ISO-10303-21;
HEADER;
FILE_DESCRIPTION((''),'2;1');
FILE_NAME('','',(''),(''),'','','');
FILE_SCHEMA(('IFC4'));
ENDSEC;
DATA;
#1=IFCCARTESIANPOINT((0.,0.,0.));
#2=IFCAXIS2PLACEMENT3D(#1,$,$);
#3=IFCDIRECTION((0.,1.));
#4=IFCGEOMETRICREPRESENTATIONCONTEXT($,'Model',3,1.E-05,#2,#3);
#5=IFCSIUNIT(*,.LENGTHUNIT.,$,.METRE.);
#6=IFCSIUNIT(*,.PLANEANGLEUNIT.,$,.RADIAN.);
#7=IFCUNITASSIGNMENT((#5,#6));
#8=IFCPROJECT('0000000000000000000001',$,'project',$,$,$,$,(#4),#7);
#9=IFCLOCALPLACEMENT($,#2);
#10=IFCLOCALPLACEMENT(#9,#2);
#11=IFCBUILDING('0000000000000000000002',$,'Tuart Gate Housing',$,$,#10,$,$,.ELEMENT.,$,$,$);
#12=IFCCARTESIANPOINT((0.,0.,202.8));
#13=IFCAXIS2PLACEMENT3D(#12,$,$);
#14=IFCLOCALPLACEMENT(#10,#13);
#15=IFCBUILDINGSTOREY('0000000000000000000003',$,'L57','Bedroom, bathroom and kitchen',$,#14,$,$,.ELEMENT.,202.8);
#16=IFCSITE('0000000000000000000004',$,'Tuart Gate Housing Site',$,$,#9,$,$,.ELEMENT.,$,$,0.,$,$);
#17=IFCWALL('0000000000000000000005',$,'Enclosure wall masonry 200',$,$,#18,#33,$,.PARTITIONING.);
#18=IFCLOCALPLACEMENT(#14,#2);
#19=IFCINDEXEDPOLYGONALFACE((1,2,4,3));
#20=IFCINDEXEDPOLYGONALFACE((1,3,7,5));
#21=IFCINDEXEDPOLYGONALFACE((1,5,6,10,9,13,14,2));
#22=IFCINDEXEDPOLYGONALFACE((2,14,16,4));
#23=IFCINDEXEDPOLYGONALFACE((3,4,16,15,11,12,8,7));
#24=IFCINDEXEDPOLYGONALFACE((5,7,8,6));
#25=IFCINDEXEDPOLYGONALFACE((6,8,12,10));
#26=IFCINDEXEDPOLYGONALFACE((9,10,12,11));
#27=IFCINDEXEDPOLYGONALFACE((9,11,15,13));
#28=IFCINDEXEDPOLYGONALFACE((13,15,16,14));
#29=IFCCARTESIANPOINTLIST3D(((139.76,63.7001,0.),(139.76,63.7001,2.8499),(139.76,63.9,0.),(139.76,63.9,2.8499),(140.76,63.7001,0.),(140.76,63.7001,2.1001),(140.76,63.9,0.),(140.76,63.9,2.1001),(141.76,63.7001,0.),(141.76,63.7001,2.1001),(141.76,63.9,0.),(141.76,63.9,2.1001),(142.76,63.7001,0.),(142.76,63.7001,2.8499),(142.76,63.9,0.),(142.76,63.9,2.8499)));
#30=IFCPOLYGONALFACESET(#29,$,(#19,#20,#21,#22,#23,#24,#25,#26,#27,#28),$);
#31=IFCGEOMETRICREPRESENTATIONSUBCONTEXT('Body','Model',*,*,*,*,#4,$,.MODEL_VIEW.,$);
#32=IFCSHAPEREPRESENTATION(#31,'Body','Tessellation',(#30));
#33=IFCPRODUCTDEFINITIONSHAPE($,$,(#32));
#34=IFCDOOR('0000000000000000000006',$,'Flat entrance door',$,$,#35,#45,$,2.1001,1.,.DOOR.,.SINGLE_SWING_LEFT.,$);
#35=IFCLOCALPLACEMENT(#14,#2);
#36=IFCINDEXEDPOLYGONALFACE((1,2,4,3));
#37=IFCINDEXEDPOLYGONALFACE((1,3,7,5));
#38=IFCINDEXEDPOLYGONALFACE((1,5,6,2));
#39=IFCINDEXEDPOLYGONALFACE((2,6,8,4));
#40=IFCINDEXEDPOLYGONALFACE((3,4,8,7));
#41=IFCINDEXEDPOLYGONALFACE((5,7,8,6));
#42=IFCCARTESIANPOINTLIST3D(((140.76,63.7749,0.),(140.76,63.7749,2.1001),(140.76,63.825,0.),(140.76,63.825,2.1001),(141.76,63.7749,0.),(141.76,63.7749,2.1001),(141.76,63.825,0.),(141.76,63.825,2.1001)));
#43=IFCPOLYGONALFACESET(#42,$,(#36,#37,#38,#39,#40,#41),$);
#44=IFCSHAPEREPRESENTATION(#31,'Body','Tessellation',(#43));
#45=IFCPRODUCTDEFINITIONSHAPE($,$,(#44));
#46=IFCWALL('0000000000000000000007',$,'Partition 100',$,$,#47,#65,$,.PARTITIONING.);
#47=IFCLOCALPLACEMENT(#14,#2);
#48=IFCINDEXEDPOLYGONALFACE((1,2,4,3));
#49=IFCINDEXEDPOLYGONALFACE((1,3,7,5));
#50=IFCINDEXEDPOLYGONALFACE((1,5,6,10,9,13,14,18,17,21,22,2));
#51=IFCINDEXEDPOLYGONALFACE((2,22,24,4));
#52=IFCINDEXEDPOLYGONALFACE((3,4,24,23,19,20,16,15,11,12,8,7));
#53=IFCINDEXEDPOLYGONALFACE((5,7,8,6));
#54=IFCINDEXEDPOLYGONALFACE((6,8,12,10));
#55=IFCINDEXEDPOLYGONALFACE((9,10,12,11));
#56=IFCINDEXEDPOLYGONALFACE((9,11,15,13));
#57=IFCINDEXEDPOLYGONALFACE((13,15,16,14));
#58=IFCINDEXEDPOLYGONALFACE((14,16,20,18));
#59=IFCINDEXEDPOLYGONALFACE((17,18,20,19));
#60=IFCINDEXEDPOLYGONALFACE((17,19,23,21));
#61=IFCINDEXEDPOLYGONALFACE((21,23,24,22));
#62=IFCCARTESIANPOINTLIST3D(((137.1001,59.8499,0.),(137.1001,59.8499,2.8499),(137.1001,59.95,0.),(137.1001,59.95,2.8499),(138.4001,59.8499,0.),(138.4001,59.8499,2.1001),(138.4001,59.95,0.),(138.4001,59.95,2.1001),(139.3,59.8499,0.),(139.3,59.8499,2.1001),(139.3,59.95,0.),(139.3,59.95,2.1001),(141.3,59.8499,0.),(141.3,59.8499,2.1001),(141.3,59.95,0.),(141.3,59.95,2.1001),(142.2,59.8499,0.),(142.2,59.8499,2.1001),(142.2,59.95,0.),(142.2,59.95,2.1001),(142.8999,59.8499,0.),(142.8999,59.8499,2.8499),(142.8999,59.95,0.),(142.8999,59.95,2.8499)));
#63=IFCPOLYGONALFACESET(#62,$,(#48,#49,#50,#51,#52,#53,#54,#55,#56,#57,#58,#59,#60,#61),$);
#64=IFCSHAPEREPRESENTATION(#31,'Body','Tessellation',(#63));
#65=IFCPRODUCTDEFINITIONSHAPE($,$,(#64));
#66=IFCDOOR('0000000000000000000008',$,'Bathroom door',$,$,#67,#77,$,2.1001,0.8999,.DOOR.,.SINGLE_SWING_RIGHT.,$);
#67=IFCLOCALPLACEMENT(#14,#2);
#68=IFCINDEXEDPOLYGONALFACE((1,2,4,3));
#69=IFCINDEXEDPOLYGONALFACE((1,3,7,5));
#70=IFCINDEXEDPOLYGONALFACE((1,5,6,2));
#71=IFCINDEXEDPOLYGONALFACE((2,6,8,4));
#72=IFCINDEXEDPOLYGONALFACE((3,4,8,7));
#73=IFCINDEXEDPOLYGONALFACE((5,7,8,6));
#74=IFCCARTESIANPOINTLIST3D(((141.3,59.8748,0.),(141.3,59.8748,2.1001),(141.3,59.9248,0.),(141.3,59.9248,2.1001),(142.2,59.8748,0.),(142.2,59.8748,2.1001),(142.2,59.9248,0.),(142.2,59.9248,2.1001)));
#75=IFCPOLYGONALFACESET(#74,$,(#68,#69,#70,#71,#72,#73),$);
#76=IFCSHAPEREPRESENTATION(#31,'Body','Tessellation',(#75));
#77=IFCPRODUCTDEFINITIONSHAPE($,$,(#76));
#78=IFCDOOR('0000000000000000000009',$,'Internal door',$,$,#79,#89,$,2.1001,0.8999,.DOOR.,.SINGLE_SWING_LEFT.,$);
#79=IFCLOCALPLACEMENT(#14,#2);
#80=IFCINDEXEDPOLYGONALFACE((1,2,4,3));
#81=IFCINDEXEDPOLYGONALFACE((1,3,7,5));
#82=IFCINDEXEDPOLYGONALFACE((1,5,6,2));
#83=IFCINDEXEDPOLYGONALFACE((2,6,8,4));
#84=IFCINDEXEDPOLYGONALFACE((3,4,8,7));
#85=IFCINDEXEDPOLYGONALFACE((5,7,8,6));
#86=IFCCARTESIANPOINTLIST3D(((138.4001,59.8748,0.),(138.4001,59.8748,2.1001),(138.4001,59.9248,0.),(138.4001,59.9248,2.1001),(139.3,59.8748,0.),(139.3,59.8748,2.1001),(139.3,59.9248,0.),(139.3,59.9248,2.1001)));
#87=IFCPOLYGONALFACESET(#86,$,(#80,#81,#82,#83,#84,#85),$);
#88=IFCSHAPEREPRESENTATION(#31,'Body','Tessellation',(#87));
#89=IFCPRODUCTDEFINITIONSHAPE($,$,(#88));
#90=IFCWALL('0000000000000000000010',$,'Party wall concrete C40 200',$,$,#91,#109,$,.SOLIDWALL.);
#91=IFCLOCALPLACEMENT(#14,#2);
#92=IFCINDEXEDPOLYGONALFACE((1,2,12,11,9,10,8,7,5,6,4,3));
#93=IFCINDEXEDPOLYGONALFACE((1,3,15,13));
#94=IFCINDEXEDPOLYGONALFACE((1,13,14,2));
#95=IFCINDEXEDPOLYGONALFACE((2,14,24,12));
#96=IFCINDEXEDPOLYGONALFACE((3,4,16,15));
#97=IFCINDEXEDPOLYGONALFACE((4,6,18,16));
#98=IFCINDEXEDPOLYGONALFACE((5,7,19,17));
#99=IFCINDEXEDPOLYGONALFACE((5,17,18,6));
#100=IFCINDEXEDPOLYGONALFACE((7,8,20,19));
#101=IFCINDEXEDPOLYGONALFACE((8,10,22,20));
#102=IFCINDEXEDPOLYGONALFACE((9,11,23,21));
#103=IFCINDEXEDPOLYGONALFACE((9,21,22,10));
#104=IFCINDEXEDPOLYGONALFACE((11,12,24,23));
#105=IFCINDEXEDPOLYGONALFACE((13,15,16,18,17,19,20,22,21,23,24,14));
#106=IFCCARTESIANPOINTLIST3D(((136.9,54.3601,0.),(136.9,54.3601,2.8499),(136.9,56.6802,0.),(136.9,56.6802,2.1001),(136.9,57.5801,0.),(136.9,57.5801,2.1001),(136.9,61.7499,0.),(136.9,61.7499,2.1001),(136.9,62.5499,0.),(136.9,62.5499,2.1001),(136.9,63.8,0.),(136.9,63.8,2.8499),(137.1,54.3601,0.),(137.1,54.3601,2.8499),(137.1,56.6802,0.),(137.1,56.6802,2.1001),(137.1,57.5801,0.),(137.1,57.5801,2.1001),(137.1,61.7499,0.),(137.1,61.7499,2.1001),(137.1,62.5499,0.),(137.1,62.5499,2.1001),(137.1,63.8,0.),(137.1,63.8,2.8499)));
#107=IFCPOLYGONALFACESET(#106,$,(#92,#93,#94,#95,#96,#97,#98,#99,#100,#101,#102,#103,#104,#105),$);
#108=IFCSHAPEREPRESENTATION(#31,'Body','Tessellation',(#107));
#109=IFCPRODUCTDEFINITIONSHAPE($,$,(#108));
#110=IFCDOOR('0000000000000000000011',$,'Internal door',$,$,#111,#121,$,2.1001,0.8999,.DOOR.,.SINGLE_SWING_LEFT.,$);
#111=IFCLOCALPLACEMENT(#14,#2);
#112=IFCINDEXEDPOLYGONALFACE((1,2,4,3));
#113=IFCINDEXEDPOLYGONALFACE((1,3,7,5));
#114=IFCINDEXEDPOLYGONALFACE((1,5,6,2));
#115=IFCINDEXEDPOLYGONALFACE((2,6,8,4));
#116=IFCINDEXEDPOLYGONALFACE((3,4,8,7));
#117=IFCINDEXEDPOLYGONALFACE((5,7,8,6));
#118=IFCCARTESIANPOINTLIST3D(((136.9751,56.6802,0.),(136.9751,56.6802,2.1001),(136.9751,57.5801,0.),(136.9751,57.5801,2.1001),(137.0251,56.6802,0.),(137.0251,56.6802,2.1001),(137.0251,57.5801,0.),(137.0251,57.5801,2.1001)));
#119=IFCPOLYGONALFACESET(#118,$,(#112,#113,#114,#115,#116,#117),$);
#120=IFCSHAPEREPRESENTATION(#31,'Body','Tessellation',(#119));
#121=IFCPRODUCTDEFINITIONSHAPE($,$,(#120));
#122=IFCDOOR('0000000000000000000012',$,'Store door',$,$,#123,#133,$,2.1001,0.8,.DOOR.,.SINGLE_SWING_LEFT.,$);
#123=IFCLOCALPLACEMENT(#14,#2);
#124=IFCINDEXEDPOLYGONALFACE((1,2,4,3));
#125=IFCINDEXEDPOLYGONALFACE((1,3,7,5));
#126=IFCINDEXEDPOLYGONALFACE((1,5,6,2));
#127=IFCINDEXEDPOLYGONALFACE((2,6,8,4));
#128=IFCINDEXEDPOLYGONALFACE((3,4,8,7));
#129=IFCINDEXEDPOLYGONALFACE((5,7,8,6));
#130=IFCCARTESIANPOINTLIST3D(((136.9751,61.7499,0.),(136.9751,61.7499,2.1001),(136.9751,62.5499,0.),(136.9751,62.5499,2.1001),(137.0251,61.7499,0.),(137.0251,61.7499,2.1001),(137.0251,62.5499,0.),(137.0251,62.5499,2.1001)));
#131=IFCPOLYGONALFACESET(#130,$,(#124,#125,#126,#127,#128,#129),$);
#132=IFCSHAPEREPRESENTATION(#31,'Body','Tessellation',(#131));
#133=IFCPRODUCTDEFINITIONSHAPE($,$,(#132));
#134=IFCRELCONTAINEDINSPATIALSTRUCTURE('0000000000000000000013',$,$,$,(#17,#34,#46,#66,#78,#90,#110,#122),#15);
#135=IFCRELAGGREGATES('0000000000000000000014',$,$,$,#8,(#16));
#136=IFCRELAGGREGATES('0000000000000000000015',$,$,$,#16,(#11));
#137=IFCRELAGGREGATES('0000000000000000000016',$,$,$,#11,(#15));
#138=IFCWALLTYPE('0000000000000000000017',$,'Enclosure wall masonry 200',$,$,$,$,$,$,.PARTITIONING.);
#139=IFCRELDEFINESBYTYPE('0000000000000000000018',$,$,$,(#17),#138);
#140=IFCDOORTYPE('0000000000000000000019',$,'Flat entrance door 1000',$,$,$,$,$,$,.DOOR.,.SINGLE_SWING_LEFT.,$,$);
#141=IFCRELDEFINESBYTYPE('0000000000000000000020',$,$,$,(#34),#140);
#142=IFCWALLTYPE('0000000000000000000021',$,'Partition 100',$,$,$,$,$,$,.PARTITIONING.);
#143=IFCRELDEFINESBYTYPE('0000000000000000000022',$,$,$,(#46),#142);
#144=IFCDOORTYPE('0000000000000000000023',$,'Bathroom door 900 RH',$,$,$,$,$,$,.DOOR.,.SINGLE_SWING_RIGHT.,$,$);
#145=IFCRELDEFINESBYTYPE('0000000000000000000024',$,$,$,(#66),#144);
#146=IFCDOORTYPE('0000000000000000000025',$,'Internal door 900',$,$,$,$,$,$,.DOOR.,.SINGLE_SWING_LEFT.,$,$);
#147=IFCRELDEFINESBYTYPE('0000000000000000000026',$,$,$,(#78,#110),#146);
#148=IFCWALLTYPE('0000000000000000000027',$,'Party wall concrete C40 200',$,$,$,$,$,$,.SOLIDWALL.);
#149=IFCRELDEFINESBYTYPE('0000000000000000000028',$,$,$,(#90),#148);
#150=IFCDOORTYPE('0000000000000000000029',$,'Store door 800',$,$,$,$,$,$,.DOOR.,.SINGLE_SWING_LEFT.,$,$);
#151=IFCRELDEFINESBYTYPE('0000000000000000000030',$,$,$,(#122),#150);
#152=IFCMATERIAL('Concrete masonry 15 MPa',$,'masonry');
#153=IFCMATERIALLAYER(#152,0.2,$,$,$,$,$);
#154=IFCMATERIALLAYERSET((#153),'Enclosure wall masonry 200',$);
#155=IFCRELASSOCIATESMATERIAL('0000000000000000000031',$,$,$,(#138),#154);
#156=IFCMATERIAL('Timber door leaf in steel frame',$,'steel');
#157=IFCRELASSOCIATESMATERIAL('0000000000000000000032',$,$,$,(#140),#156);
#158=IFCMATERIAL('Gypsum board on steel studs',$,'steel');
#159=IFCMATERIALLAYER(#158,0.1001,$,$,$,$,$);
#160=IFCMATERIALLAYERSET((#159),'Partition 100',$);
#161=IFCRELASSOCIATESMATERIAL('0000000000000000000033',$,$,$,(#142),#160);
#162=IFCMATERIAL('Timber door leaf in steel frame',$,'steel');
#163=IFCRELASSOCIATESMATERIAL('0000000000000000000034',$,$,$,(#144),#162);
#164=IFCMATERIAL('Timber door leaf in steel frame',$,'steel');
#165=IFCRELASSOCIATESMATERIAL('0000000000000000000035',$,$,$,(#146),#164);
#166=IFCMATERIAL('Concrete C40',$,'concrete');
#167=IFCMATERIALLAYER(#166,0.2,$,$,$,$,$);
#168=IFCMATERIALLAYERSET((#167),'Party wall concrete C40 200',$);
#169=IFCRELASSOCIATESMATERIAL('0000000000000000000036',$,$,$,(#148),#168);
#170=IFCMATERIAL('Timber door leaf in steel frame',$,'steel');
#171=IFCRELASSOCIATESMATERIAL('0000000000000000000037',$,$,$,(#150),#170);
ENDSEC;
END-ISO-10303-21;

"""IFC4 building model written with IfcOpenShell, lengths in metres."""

from ifc_helpers import new_model, si_unit, direction, frame, frame_2d, origin, place, context, subcontext, project, spatial, rectangle, extrude, material, layer, layer_set, type_object, element, fill, save


model = new_model("IFC4")

# Units and contexts
model_context = context("Model", 3, precision=1e-05, world=origin(), true_north=direction((0.0, 1.0)))
body_context = subcontext(model_context, "Body", "Model", "MODEL_VIEW")
ifc_project = project(units=[si_unit("LENGTHUNIT", "METRE"), si_unit("PLANEANGLEUNIT", "RADIAN")], contexts=[model_context])

# Site, building, storey
site_placement = place(None, origin())
site = spatial("IfcSite", under=ifc_project, at=site_placement, Name="Tuart Gate Housing Site", CompositionType="ELEMENT", RefElevation=0.0)
building_placement = place(site_placement, origin())
building = spatial("IfcBuilding", under=site, at=building_placement, Name="Tuart Gate Housing", CompositionType="ELEMENT")
storey_placement = place(building_placement, frame((0.0, 0.0, 202.8)))
storey = spatial("IfcBuildingStorey", under=building, at=storey_placement, Name="L57", Description="Bedroom, bathroom and kitchen", CompositionType="ELEMENT", Elevation=202.8)

# Wall, opening, door
ifc_material_1 = material(Name="Concrete masonry 15 MPa", Category="masonry")
ifc_layer_1 = layer(ifc_material_1, 0.2)
ifc_layer_set_1 = layer_set([ifc_layer_1], Name="Enclosure wall masonry 200")
wall_type_1 = type_object("IfcWallType", Name="Enclosure wall masonry 200", PredefinedType="PARTITIONING", material=ifc_layer_set_1)
wall_1_placement = place(storey_placement, frame((139.76, 63.8, 0.0), z_axis=(0.0, 0.0, 1.0), x_axis=(1.0, 0.0, 0.0)))
wall_1 = element("IfcWall", 1, at=wall_1_placement, inside=storey, type_object=wall_type_1, Name="Enclosure wall masonry 200", PredefinedType="PARTITIONING", context=body_context, shape_type="SweptSolid", body=[
    extrude(rectangle(XDim=3.0, YDim=0.2, at=frame_2d((1.5, 0.0))), origin(), (0.0, 0.0, 1.0), 2.8499),
])
opening_1_placement = place(wall_1_placement, frame((1.0, 0.0, 0.0)))
opening_1 = element("IfcOpeningElement", 2, at=opening_1_placement, cuts=wall_1, PredefinedType="OPENING", context=body_context, shape_type="SweptSolid", body=[
    extrude(rectangle(XDim=1.0, YDim=2.1001, at=frame_2d((0.5, 1.05))), frame((0.0, 0.1099, 0.0), z_axis=(0.0, -1.0, 0.0), x_axis=(1.0, 0.0, 0.0)), (0.0, 0.0, 1.0), 0.22),
])
ifc_material_2 = material(Name="Timber door leaf in steel frame", Category="steel")
door_type_1 = type_object("IfcDoorType", Name="Flat entrance door 1000", OperationType="SINGLE_SWING_LEFT", PredefinedType="DOOR", material=ifc_material_2)
door_1_placement = place(opening_1_placement, frame((1.0, 0.0, 0.0), z_axis=(0.0, 0.0, 1.0), x_axis=(-1.0, 0.0, 0.0)))
door_1 = element("IfcDoor", 3, at=door_1_placement, inside=storey, type_object=door_type_1, Name="Flat entrance door", OperationType="SINGLE_SWING_LEFT", OverallHeight=2.1001, OverallWidth=1.0, PredefinedType="DOOR", context=body_context, shape_type="SweptSolid", body=[
    extrude(rectangle(XDim=1.0, YDim=2.1001, at=frame_2d((0.5, 1.05))), frame((0.0, 0.0251, 0.0), z_axis=(0.0, -1.0, 0.0), x_axis=(1.0, 0.0, 0.0)), (0.0, 0.0, 1.0), 0.05),
])
fill(opening_1, door_1)

# Walls, openings, doors
ifc_material_3 = material(Name="Gypsum board on steel studs", Category="steel")
ifc_layer_2 = layer(ifc_material_3, 0.1001)
ifc_layer_set_2 = layer_set([ifc_layer_2], Name="Partition 100")
wall_type_2 = type_object("IfcWallType", Name="Partition 100", PredefinedType="PARTITIONING", material=ifc_layer_set_2)
wall_2_placement = place(storey_placement, frame((137.1001, 59.8999, 0.0), z_axis=(0.0, 0.0, 1.0), x_axis=(1.0, 0.0, 0.0)))
wall_2 = element("IfcWall", 4, at=wall_2_placement, inside=storey, type_object=wall_type_2, Name="Partition 100", PredefinedType="PARTITIONING", context=body_context, shape_type="SweptSolid", body=[
    extrude(rectangle(XDim=5.7998, YDim=0.1001, at=frame_2d((2.8999, 0.0))), origin(), (0.0, 0.0, 1.0), 2.8499),
])
opening_2_placement = place(wall_2_placement, frame((1.3, 0.0, 0.0)))
opening_2 = element("IfcOpeningElement", 5, at=opening_2_placement, cuts=wall_2, PredefinedType="OPENING", context=body_context, shape_type="SweptSolid", body=[
    extrude(rectangle(XDim=0.8999, YDim=2.1001, at=frame_2d((0.45, 1.05))), frame((0.0, 0.0601, 0.0), z_axis=(0.0, -1.0, 0.0), x_axis=(1.0, 0.0, 0.0)), (0.0, 0.0, 1.0), 0.1201),
])
opening_3_placement = place(wall_2_placement, frame((4.2, 0.0, 0.0)))
opening_3 = element("IfcOpeningElement", 6, at=opening_3_placement, cuts=wall_2, PredefinedType="OPENING", context=body_context, shape_type="SweptSolid", body=[
    extrude(rectangle(XDim=0.8999, YDim=2.1001, at=frame_2d((0.45, 1.05))), frame((0.0, 0.0601, 0.0), z_axis=(0.0, -1.0, 0.0), x_axis=(1.0, 0.0, 0.0)), (0.0, 0.0, 1.0), 0.1201),
])
ifc_material_4 = material(Name="Timber door leaf in steel frame", Category="steel")
door_type_2 = type_object("IfcDoorType", Name="Bathroom door 900 RH", OperationType="SINGLE_SWING_RIGHT", PredefinedType="DOOR", material=ifc_material_4)
door_2_placement = place(opening_3_placement, frame((0.8999, 0.0, 0.0), z_axis=(0.0, 0.0, 1.0), x_axis=(-1.0, 0.0, 0.0)))
door_2 = element("IfcDoor", 7, at=door_2_placement, inside=storey, type_object=door_type_2, Name="Bathroom door", OperationType="SINGLE_SWING_RIGHT", OverallHeight=2.1001, OverallWidth=0.8999, PredefinedType="DOOR", context=body_context, shape_type="SweptSolid", body=[
    extrude(rectangle(XDim=0.8999, YDim=2.1001, at=frame_2d((0.45, 1.05))), frame((0.0, 0.0251, 0.0), z_axis=(0.0, -1.0, 0.0), x_axis=(1.0, 0.0, 0.0)), (0.0, 0.0, 1.0), 0.05),
])
fill(opening_3, door_2)
ifc_material_5 = material(Name="Timber door leaf in steel frame", Category="steel")
door_type_3 = type_object("IfcDoorType", Name="Internal door 900", OperationType="SINGLE_SWING_LEFT", PredefinedType="DOOR", material=ifc_material_5)
door_3_placement = place(opening_2_placement, origin())
door_3 = element("IfcDoor", 8, at=door_3_placement, inside=storey, type_object=door_type_3, Name="Internal door", OperationType="SINGLE_SWING_LEFT", OverallHeight=2.1001, OverallWidth=0.8999, PredefinedType="DOOR", context=body_context, shape_type="SweptSolid", body=[
    extrude(rectangle(XDim=0.8999, YDim=2.1001, at=frame_2d((0.45, 1.05))), frame((0.0, 0.0249, 0.0), z_axis=(0.0, -1.0, 0.0), x_axis=(1.0, 0.0, 0.0)), (0.0, 0.0, 1.0), 0.05),
])
fill(opening_2, door_3)
ifc_material_6 = material(Name="Concrete C40", Category="concrete")
ifc_layer_3 = layer(ifc_material_6, 0.2)
ifc_layer_set_3 = layer_set([ifc_layer_3], Name="Party wall concrete C40 200")
wall_type_3 = type_object("IfcWallType", Name="Party wall concrete C40 200", PredefinedType="SOLIDWALL", material=ifc_layer_set_3)
wall_3_placement = place(storey_placement, frame((137.0, 54.3601, 0.0), z_axis=(0.0, 0.0, 1.0), x_axis=(0.0, 1.0, 0.0)))
wall_3 = element("IfcWall", 9, at=wall_3_placement, inside=storey, type_object=wall_type_3, Name="Party wall concrete C40 200", PredefinedType="SOLIDWALL", context=body_context, shape_type="SweptSolid", body=[
    extrude(rectangle(XDim=9.4399, YDim=0.2, at=frame_2d((4.72, 0.0))), origin(), (0.0, 0.0, 1.0), 2.8499),
])
opening_4_placement = place(wall_3_placement, frame((2.3201, 0.0, 0.0)))
opening_4 = element("IfcOpeningElement", 10, at=opening_4_placement, cuts=wall_3, PredefinedType="OPENING", context=body_context, shape_type="SweptSolid", body=[
    extrude(rectangle(XDim=0.8999, YDim=2.1001, at=frame_2d((0.45, 1.05))), frame((0.0, 0.1099, 0.0), z_axis=(0.0, -1.0, 0.0), x_axis=(1.0, 0.0, 0.0)), (0.0, 0.0, 1.0), 0.22),
])
opening_5_placement = place(wall_3_placement, frame((7.3899, 0.0, 0.0)))
opening_5 = element("IfcOpeningElement", 11, at=opening_5_placement, cuts=wall_3, PredefinedType="OPENING", context=body_context, shape_type="SweptSolid", body=[
    extrude(rectangle(XDim=0.8, YDim=2.1001, at=frame_2d((0.3999, 1.05))), frame((0.0, 0.1099, 0.0), z_axis=(0.0, -1.0, 0.0), x_axis=(1.0, 0.0, 0.0)), (0.0, 0.0, 1.0), 0.22),
])
door_4_placement = place(opening_4_placement, origin())
door_4 = element("IfcDoor", 12, at=door_4_placement, inside=storey, type_object=door_type_3, Name="Internal door", OperationType="SINGLE_SWING_LEFT", OverallHeight=2.1001, OverallWidth=0.8999, PredefinedType="DOOR", context=body_context, shape_type="SweptSolid", body=[
    extrude(rectangle(XDim=0.8999, YDim=2.1001, at=frame_2d((0.45, 1.05))), frame((0.0, 0.0249, 0.0), z_axis=(0.0, -1.0, 0.0), x_axis=(1.0, 0.0, 0.0)), (0.0, 0.0, 1.0), 0.05),
])
fill(opening_4, door_4)
ifc_material_7 = material(Name="Timber door leaf in steel frame", Category="steel")
door_type_4 = type_object("IfcDoorType", Name="Store door 800", OperationType="SINGLE_SWING_LEFT", PredefinedType="DOOR", material=ifc_material_7)
door_5_placement = place(opening_5_placement, origin())
door_5 = element("IfcDoor", 13, at=door_5_placement, inside=storey, type_object=door_type_4, Name="Store door", OperationType="SINGLE_SWING_LEFT", OverallHeight=2.1001, OverallWidth=0.8, PredefinedType="DOOR", context=body_context, shape_type="SweptSolid", body=[
    extrude(rectangle(XDim=0.8, YDim=2.1001, at=frame_2d((0.3999, 1.05))), frame((0.0, 0.0249, 0.0), z_axis=(0.0, -1.0, 0.0), x_axis=(1.0, 0.0, 0.0)), (0.0, 0.0, 1.0), 0.05),
])
fill(opening_5, door_5)

save(model, "model.ifc")
